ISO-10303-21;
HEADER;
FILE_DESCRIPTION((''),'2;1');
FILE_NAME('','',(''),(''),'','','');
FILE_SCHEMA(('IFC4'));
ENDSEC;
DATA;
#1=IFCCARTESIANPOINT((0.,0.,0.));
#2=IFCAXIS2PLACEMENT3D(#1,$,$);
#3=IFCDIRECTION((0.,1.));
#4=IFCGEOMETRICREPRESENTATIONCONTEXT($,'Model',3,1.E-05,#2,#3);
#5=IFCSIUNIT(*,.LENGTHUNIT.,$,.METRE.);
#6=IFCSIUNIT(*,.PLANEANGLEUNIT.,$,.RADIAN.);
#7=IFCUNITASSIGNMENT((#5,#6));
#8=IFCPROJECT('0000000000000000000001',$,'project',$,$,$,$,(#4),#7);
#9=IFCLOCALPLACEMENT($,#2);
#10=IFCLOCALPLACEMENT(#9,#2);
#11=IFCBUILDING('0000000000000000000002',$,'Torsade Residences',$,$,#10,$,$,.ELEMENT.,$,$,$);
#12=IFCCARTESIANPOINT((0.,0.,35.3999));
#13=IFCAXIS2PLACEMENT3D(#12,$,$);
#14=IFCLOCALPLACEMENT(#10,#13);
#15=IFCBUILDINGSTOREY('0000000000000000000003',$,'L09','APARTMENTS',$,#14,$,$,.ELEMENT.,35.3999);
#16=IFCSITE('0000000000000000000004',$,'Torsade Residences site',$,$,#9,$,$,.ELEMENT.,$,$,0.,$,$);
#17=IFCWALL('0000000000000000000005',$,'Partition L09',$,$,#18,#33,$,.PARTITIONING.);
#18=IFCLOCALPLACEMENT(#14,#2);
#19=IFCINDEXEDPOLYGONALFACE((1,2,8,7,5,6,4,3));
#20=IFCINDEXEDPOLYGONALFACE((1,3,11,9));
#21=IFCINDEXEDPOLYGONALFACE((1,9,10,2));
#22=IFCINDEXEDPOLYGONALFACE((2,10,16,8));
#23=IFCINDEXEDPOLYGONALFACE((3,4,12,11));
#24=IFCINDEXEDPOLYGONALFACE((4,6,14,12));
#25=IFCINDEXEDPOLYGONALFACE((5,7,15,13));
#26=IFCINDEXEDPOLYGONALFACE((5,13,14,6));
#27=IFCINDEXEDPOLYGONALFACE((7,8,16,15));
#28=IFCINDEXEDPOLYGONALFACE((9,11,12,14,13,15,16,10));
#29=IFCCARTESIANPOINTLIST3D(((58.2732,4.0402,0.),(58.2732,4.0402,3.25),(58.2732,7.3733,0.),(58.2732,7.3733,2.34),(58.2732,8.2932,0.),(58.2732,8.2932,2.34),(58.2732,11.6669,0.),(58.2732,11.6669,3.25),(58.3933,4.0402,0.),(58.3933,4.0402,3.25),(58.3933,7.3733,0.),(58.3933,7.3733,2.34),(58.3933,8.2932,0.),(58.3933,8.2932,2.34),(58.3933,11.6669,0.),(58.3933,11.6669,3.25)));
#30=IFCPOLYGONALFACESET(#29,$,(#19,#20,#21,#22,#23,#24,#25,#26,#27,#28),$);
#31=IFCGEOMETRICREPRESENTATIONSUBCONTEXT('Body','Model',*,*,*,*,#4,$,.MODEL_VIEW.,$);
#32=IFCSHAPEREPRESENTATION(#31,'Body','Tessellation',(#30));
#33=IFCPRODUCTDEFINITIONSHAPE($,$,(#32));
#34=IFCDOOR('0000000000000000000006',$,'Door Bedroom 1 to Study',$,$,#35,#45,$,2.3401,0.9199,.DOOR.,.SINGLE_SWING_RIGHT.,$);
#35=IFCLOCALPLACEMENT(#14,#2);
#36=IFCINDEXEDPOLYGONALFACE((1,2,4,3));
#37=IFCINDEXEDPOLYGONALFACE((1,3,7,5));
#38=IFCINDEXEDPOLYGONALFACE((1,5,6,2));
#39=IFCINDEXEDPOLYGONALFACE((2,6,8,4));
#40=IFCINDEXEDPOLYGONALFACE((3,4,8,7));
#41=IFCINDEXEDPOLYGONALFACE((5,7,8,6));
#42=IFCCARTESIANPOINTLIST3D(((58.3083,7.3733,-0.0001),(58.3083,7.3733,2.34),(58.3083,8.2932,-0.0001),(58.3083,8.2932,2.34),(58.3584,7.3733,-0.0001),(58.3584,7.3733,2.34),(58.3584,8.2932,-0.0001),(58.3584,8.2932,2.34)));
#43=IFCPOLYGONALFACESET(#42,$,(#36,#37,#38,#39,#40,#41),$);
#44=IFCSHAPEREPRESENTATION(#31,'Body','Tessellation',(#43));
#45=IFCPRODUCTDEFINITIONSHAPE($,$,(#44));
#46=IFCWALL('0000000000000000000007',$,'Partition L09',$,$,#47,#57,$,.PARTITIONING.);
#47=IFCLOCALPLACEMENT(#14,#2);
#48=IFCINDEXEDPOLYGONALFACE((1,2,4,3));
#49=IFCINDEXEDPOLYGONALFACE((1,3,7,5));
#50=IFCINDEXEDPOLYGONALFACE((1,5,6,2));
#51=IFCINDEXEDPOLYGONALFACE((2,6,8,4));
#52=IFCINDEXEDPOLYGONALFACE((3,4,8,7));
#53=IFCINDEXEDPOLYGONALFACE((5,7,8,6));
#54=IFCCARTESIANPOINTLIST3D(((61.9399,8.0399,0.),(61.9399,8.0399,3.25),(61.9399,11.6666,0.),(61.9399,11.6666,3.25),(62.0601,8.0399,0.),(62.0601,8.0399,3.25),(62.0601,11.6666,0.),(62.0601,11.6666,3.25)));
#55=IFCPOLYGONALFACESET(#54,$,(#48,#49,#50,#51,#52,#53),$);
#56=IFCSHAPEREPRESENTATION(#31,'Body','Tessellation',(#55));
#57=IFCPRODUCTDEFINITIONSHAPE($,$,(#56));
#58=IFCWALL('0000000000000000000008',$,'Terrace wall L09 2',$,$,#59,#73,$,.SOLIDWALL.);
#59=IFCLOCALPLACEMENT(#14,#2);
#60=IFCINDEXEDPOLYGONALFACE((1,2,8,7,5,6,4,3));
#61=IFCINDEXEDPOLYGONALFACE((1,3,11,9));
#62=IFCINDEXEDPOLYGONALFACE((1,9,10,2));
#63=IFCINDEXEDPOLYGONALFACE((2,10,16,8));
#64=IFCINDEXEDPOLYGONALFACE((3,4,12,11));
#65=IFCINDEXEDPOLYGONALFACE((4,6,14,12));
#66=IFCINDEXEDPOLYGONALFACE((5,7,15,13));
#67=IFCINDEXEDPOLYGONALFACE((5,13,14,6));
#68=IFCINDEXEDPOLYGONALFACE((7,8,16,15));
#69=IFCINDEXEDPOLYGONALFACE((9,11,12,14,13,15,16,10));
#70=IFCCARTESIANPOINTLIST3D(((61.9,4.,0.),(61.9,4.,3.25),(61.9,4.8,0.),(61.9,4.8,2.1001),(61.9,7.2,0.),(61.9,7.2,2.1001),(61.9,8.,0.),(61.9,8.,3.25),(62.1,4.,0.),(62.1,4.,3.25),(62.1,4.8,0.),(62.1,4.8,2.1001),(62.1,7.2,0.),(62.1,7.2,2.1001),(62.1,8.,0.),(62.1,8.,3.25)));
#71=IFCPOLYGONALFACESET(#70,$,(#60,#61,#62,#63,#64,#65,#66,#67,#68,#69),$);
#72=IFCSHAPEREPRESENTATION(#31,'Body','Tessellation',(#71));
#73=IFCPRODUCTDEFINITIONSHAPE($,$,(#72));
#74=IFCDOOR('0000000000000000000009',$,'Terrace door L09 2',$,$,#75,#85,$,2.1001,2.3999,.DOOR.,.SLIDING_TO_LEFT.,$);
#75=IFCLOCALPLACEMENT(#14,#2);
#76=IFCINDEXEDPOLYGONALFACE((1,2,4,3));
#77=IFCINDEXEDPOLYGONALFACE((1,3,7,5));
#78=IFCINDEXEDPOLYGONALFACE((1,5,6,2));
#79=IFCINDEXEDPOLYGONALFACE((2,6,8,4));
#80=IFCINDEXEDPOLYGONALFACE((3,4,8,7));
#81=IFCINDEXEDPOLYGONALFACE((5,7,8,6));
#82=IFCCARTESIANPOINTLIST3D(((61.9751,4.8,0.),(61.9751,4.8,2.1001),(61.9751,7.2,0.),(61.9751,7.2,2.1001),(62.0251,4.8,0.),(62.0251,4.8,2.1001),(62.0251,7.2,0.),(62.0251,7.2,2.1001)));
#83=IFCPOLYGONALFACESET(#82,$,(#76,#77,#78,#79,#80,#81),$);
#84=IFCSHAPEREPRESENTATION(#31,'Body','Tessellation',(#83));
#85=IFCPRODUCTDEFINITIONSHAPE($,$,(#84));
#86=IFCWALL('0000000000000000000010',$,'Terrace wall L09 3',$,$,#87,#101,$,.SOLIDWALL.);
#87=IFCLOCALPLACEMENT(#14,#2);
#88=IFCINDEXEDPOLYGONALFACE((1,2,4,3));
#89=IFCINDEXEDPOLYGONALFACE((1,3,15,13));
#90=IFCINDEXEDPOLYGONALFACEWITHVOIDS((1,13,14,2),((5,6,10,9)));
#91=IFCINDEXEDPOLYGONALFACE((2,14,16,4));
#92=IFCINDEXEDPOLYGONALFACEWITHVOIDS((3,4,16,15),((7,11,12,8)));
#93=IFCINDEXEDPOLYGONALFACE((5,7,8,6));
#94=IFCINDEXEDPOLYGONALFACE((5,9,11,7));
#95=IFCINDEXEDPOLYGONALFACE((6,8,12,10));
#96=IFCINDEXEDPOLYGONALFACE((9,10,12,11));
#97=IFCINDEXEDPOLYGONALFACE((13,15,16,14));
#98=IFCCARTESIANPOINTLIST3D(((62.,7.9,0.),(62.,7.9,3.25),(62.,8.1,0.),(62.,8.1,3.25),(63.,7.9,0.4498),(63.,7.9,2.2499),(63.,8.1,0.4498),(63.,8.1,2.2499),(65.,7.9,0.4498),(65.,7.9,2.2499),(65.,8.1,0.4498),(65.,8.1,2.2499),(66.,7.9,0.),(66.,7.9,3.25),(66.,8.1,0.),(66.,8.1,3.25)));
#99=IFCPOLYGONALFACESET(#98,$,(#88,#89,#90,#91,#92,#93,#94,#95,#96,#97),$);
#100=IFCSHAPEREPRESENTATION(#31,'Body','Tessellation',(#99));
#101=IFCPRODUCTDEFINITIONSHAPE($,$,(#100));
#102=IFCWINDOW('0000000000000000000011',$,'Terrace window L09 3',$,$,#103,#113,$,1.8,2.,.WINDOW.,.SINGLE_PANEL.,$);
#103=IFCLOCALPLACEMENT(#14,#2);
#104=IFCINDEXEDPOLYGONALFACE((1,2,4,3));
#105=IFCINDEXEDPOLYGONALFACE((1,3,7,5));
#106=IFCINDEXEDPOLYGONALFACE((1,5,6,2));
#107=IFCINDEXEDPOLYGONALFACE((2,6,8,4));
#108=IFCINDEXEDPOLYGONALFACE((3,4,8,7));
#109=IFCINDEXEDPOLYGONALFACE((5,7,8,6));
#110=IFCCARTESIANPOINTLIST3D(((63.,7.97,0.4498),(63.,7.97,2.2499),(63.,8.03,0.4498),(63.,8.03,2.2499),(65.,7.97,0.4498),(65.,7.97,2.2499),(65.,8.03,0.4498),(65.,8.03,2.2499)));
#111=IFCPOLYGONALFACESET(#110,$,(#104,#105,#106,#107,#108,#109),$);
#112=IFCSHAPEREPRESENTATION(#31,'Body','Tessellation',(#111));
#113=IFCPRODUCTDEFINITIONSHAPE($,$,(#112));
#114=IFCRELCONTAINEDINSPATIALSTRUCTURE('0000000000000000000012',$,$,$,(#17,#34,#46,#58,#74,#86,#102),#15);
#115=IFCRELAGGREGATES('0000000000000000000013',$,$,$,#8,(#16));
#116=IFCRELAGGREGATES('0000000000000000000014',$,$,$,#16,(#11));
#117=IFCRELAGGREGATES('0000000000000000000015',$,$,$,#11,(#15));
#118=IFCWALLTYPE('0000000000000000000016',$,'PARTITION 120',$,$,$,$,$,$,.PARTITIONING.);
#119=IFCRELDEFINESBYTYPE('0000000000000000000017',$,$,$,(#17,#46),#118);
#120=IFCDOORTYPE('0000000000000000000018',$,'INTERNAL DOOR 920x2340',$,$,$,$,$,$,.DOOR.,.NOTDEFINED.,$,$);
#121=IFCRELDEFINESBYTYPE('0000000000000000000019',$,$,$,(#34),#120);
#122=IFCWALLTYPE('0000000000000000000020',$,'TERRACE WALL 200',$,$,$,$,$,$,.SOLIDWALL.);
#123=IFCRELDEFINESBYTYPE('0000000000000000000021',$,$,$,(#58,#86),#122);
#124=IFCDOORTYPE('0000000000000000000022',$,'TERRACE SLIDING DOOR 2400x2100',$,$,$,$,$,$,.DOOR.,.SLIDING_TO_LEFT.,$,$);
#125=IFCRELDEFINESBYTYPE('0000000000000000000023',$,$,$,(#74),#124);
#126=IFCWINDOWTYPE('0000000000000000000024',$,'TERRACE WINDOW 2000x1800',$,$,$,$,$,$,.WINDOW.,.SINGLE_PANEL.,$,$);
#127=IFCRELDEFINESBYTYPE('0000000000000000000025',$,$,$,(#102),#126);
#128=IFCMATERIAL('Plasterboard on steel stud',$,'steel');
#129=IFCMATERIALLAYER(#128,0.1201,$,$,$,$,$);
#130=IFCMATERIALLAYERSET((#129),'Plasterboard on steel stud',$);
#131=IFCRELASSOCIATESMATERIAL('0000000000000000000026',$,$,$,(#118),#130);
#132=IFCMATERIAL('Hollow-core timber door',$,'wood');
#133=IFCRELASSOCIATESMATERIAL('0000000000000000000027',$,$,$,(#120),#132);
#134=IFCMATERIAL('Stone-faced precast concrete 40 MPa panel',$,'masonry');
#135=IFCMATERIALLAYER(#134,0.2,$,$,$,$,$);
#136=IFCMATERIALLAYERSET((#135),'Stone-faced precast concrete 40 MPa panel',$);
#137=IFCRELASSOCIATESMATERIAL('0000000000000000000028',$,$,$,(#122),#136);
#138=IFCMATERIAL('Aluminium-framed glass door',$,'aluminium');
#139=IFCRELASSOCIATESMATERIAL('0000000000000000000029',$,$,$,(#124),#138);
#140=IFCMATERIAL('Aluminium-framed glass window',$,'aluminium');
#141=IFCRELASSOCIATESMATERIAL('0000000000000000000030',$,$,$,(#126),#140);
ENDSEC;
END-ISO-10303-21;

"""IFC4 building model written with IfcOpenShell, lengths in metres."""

from ifc_helpers import new_model, si_unit, direction, frame, frame_2d, origin, place, context, subcontext, project, spatial, rectangle, extrude, material, layer, layer_set, type_object, element, fill, save


model = new_model("IFC4")

# Units and contexts
model_context = context("Model", 3, precision=1e-05, world=origin(), true_north=direction((0.0, 1.0)))
body_context = subcontext(model_context, "Body", "Model", "MODEL_VIEW")
ifc_project = project(units=[si_unit("LENGTHUNIT", "METRE"), si_unit("PLANEANGLEUNIT", "RADIAN")], contexts=[model_context])

# Site, building, storey
site_placement = place(None, origin())
site = spatial("IfcSite", under=ifc_project, at=site_placement, Name="Torsade Residences site", CompositionType="ELEMENT", RefElevation=0.0)
building_placement = place(site_placement, origin())
building = spatial("IfcBuilding", under=site, at=building_placement, Name="Torsade Residences", CompositionType="ELEMENT")
storey_placement = place(building_placement, frame((0.0, 0.0, 35.3999)))
storey = spatial("IfcBuildingStorey", under=building, at=storey_placement, Name="L09", Description="APARTMENTS", CompositionType="ELEMENT", Elevation=35.3999)

# Shared definitions
ifc_material_1 = material(Name="Plasterboard on steel stud", Category="steel")
ifc_layer_1 = layer(ifc_material_1, 0.1201)
ifc_layer_set_1 = layer_set([ifc_layer_1], Name="Plasterboard on steel stud")
wall_type_1 = type_object("IfcWallType", Name="PARTITION 120", PredefinedType="PARTITIONING", material=ifc_layer_set_1)

# Shared definitions
ifc_material_2 = material(Name="Hollow-core timber door", Category="wood")
door_type_1 = type_object("IfcDoorType", Name="INTERNAL DOOR 920x2340", OperationType="NOTDEFINED", PredefinedType="DOOR", material=ifc_material_2)

# Wall, opening, door
wall_1_placement = place(storey_placement, frame((58.3333, 4.04, 0.0), z_axis=(0.0, 0.0, 1.0), x_axis=(0.0, 1.0, 0.0)))
wall_1 = element("IfcWall", 1, at=wall_1_placement, inside=storey, type_object=wall_type_1, Name="Partition L09", PredefinedType="PARTITIONING", context=body_context, shape_type="SweptSolid", body=[
    extrude(rectangle(XDim=7.6267, YDim=0.1201, at=frame_2d((3.8135, 0.0))), origin(), (0.0, 0.0, 1.0), 3.25),
])
opening_1_placement = place(wall_1_placement, frame((3.3333, 0.0, 0.0)))
opening_1 = element("IfcOpeningElement", 2, at=opening_1_placement, cuts=wall_1, PredefinedType="OPENING", context=body_context, shape_type="SweptSolid", body=[
    extrude(rectangle(XDim=0.9199, YDim=2.3401, at=frame_2d((0.46, 1.1699))), frame((0.0, 0.0701, 0.0), z_axis=(0.0, -1.0, 0.0), x_axis=(1.0, 0.0, 0.0)), (0.0, 0.0, 1.0), 0.1401),
])
door_1_placement = place(opening_1_placement, origin())
door_1 = element("IfcDoor", 3, at=door_1_placement, inside=storey, type_object=door_type_1, Name="Door Bedroom 1 to Study", OperationType="SINGLE_SWING_RIGHT", OverallHeight=2.3401, OverallWidth=0.9199, PredefinedType="DOOR", context=body_context, shape_type="SweptSolid", body=[
    extrude(rectangle(XDim=0.9199, YDim=2.3401, at=frame_2d((0.46, 1.1699))), frame((0.0, 0.0249, 0.0), z_axis=(0.0, -1.0, 0.0), x_axis=(1.0, 0.0, 0.0)), (0.0, 0.0, 1.0), 0.05),
])
fill(opening_1, door_1)

# Wall
wall_2_placement = place(storey_placement, frame((62.0, 11.6667, 0.0), z_axis=(0.0, 0.0, 1.0), x_axis=(0.0, -1.0, 0.0)))
element("IfcWall", 4, at=wall_2_placement, inside=storey, type_object=wall_type_1, Name="Partition L09", PredefinedType="PARTITIONING", context=body_context, shape_type="SweptSolid", body=[
    extrude(rectangle(XDim=3.6267, YDim=0.1201, at=frame_2d((1.8135, 0.0))), origin(), (0.0, 0.0, 1.0), 3.25),
])

# Wall, opening, door
ifc_material_3 = material(Name="Stone-faced precast concrete 40 MPa panel", Category="masonry")
ifc_layer_2 = layer(ifc_material_3, 0.2)
ifc_layer_set_2 = layer_set([ifc_layer_2], Name="Stone-faced precast concrete 40 MPa panel")
wall_type_2 = type_object("IfcWallType", Name="TERRACE WALL 200", PredefinedType="SOLIDWALL", material=ifc_layer_set_2)
wall_3_placement = place(storey_placement, frame((62.0, 4.0, 0.0), z_axis=(0.0, 0.0, 1.0), x_axis=(0.0, 1.0, 0.0)))
wall_3 = element("IfcWall", 5, at=wall_3_placement, inside=storey, type_object=wall_type_2, Name="Terrace wall L09 2", PredefinedType="SOLIDWALL", context=body_context, shape_type="SweptSolid", body=[
    extrude(rectangle(XDim=4.0, YDim=0.2, at=frame_2d((2.0, 0.0))), origin(), (0.0, 0.0, 1.0), 3.25),
])
opening_2_placement = place(wall_3_placement, frame((0.8, 0.0, 0.0)))
opening_2 = element("IfcOpeningElement", 6, at=opening_2_placement, cuts=wall_3, PredefinedType="OPENING", context=body_context, shape_type="SweptSolid", body=[
    extrude(rectangle(XDim=2.3999, YDim=2.1001, at=frame_2d((1.2, 1.05))), frame((0.0, 0.1099, 0.0), z_axis=(0.0, -1.0, 0.0), x_axis=(1.0, 0.0, 0.0)), (0.0, 0.0, 1.0), 0.22),
])
ifc_material_4 = material(Name="Aluminium-framed glass door", Category="aluminium")
door_type_2 = type_object("IfcDoorType", Name="TERRACE SLIDING DOOR 2400x2100", OperationType="SLIDING_TO_LEFT", PredefinedType="DOOR", material=ifc_material_4)
door_2_placement = place(opening_2_placement, origin())
door_2 = element("IfcDoor", 7, at=door_2_placement, inside=storey, type_object=door_type_2, Name="Terrace door L09 2", OperationType="SLIDING_TO_LEFT", OverallHeight=2.1001, OverallWidth=2.3999, PredefinedType="DOOR", context=body_context, shape_type="SweptSolid", body=[
    extrude(rectangle(XDim=2.3999, YDim=2.1001, at=frame_2d((1.2, 1.05))), frame((0.0, 0.0249, 0.0), z_axis=(0.0, -1.0, 0.0), x_axis=(1.0, 0.0, 0.0)), (0.0, 0.0, 1.0), 0.05),
])
fill(opening_2, door_2)

# Wall, opening, window
wall_4_placement = place(storey_placement, frame((62.0, 8.0, 0.0), z_axis=(0.0, 0.0, 1.0), x_axis=(1.0, 0.0, 0.0)))
wall_4 = element("IfcWall", 8, at=wall_4_placement, inside=storey, type_object=wall_type_2, Name="Terrace wall L09 3", PredefinedType="SOLIDWALL", context=body_context, shape_type="SweptSolid", body=[
    extrude(rectangle(XDim=4.0, YDim=0.2, at=frame_2d((2.0, 0.0))), origin(), (0.0, 0.0, 1.0), 3.25),
])
opening_3_placement = place(wall_4_placement, frame((1.0, 0.0, 0.45)))
opening_3 = element("IfcOpeningElement", 9, at=opening_3_placement, cuts=wall_4, PredefinedType="OPENING", context=body_context, shape_type="SweptSolid", body=[
    extrude(rectangle(XDim=2.0, YDim=1.8, at=frame_2d((1.0, 0.8999))), frame((0.0, 0.1099, 0.0), z_axis=(0.0, -1.0, 0.0), x_axis=(1.0, 0.0, 0.0)), (0.0, 0.0, 1.0), 0.22),
])
ifc_material_5 = material(Name="Aluminium-framed glass window", Category="aluminium")
window_type = type_object("IfcWindowType", Name="TERRACE WINDOW 2000x1800", PartitioningType="SINGLE_PANEL", PredefinedType="WINDOW", material=ifc_material_5)
window_placement = place(opening_3_placement, origin())
window = element("IfcWindow", 10, at=window_placement, inside=storey, type_object=window_type, Name="Terrace window L09 3", OverallHeight=1.8, OverallWidth=2.0, PartitioningType="SINGLE_PANEL", PredefinedType="WINDOW", context=body_context, shape_type="SweptSolid", body=[
    extrude(rectangle(XDim=2.0, YDim=1.8, at=frame_2d((1.0, 0.8999))), frame((0.0, 0.03, 0.0), z_axis=(0.0, -1.0, 0.0), x_axis=(1.0, 0.0, 0.0)), (0.0, 0.0, 1.0), 0.0601),
])
fill(opening_3, window)

save(model, "model.ifc")
